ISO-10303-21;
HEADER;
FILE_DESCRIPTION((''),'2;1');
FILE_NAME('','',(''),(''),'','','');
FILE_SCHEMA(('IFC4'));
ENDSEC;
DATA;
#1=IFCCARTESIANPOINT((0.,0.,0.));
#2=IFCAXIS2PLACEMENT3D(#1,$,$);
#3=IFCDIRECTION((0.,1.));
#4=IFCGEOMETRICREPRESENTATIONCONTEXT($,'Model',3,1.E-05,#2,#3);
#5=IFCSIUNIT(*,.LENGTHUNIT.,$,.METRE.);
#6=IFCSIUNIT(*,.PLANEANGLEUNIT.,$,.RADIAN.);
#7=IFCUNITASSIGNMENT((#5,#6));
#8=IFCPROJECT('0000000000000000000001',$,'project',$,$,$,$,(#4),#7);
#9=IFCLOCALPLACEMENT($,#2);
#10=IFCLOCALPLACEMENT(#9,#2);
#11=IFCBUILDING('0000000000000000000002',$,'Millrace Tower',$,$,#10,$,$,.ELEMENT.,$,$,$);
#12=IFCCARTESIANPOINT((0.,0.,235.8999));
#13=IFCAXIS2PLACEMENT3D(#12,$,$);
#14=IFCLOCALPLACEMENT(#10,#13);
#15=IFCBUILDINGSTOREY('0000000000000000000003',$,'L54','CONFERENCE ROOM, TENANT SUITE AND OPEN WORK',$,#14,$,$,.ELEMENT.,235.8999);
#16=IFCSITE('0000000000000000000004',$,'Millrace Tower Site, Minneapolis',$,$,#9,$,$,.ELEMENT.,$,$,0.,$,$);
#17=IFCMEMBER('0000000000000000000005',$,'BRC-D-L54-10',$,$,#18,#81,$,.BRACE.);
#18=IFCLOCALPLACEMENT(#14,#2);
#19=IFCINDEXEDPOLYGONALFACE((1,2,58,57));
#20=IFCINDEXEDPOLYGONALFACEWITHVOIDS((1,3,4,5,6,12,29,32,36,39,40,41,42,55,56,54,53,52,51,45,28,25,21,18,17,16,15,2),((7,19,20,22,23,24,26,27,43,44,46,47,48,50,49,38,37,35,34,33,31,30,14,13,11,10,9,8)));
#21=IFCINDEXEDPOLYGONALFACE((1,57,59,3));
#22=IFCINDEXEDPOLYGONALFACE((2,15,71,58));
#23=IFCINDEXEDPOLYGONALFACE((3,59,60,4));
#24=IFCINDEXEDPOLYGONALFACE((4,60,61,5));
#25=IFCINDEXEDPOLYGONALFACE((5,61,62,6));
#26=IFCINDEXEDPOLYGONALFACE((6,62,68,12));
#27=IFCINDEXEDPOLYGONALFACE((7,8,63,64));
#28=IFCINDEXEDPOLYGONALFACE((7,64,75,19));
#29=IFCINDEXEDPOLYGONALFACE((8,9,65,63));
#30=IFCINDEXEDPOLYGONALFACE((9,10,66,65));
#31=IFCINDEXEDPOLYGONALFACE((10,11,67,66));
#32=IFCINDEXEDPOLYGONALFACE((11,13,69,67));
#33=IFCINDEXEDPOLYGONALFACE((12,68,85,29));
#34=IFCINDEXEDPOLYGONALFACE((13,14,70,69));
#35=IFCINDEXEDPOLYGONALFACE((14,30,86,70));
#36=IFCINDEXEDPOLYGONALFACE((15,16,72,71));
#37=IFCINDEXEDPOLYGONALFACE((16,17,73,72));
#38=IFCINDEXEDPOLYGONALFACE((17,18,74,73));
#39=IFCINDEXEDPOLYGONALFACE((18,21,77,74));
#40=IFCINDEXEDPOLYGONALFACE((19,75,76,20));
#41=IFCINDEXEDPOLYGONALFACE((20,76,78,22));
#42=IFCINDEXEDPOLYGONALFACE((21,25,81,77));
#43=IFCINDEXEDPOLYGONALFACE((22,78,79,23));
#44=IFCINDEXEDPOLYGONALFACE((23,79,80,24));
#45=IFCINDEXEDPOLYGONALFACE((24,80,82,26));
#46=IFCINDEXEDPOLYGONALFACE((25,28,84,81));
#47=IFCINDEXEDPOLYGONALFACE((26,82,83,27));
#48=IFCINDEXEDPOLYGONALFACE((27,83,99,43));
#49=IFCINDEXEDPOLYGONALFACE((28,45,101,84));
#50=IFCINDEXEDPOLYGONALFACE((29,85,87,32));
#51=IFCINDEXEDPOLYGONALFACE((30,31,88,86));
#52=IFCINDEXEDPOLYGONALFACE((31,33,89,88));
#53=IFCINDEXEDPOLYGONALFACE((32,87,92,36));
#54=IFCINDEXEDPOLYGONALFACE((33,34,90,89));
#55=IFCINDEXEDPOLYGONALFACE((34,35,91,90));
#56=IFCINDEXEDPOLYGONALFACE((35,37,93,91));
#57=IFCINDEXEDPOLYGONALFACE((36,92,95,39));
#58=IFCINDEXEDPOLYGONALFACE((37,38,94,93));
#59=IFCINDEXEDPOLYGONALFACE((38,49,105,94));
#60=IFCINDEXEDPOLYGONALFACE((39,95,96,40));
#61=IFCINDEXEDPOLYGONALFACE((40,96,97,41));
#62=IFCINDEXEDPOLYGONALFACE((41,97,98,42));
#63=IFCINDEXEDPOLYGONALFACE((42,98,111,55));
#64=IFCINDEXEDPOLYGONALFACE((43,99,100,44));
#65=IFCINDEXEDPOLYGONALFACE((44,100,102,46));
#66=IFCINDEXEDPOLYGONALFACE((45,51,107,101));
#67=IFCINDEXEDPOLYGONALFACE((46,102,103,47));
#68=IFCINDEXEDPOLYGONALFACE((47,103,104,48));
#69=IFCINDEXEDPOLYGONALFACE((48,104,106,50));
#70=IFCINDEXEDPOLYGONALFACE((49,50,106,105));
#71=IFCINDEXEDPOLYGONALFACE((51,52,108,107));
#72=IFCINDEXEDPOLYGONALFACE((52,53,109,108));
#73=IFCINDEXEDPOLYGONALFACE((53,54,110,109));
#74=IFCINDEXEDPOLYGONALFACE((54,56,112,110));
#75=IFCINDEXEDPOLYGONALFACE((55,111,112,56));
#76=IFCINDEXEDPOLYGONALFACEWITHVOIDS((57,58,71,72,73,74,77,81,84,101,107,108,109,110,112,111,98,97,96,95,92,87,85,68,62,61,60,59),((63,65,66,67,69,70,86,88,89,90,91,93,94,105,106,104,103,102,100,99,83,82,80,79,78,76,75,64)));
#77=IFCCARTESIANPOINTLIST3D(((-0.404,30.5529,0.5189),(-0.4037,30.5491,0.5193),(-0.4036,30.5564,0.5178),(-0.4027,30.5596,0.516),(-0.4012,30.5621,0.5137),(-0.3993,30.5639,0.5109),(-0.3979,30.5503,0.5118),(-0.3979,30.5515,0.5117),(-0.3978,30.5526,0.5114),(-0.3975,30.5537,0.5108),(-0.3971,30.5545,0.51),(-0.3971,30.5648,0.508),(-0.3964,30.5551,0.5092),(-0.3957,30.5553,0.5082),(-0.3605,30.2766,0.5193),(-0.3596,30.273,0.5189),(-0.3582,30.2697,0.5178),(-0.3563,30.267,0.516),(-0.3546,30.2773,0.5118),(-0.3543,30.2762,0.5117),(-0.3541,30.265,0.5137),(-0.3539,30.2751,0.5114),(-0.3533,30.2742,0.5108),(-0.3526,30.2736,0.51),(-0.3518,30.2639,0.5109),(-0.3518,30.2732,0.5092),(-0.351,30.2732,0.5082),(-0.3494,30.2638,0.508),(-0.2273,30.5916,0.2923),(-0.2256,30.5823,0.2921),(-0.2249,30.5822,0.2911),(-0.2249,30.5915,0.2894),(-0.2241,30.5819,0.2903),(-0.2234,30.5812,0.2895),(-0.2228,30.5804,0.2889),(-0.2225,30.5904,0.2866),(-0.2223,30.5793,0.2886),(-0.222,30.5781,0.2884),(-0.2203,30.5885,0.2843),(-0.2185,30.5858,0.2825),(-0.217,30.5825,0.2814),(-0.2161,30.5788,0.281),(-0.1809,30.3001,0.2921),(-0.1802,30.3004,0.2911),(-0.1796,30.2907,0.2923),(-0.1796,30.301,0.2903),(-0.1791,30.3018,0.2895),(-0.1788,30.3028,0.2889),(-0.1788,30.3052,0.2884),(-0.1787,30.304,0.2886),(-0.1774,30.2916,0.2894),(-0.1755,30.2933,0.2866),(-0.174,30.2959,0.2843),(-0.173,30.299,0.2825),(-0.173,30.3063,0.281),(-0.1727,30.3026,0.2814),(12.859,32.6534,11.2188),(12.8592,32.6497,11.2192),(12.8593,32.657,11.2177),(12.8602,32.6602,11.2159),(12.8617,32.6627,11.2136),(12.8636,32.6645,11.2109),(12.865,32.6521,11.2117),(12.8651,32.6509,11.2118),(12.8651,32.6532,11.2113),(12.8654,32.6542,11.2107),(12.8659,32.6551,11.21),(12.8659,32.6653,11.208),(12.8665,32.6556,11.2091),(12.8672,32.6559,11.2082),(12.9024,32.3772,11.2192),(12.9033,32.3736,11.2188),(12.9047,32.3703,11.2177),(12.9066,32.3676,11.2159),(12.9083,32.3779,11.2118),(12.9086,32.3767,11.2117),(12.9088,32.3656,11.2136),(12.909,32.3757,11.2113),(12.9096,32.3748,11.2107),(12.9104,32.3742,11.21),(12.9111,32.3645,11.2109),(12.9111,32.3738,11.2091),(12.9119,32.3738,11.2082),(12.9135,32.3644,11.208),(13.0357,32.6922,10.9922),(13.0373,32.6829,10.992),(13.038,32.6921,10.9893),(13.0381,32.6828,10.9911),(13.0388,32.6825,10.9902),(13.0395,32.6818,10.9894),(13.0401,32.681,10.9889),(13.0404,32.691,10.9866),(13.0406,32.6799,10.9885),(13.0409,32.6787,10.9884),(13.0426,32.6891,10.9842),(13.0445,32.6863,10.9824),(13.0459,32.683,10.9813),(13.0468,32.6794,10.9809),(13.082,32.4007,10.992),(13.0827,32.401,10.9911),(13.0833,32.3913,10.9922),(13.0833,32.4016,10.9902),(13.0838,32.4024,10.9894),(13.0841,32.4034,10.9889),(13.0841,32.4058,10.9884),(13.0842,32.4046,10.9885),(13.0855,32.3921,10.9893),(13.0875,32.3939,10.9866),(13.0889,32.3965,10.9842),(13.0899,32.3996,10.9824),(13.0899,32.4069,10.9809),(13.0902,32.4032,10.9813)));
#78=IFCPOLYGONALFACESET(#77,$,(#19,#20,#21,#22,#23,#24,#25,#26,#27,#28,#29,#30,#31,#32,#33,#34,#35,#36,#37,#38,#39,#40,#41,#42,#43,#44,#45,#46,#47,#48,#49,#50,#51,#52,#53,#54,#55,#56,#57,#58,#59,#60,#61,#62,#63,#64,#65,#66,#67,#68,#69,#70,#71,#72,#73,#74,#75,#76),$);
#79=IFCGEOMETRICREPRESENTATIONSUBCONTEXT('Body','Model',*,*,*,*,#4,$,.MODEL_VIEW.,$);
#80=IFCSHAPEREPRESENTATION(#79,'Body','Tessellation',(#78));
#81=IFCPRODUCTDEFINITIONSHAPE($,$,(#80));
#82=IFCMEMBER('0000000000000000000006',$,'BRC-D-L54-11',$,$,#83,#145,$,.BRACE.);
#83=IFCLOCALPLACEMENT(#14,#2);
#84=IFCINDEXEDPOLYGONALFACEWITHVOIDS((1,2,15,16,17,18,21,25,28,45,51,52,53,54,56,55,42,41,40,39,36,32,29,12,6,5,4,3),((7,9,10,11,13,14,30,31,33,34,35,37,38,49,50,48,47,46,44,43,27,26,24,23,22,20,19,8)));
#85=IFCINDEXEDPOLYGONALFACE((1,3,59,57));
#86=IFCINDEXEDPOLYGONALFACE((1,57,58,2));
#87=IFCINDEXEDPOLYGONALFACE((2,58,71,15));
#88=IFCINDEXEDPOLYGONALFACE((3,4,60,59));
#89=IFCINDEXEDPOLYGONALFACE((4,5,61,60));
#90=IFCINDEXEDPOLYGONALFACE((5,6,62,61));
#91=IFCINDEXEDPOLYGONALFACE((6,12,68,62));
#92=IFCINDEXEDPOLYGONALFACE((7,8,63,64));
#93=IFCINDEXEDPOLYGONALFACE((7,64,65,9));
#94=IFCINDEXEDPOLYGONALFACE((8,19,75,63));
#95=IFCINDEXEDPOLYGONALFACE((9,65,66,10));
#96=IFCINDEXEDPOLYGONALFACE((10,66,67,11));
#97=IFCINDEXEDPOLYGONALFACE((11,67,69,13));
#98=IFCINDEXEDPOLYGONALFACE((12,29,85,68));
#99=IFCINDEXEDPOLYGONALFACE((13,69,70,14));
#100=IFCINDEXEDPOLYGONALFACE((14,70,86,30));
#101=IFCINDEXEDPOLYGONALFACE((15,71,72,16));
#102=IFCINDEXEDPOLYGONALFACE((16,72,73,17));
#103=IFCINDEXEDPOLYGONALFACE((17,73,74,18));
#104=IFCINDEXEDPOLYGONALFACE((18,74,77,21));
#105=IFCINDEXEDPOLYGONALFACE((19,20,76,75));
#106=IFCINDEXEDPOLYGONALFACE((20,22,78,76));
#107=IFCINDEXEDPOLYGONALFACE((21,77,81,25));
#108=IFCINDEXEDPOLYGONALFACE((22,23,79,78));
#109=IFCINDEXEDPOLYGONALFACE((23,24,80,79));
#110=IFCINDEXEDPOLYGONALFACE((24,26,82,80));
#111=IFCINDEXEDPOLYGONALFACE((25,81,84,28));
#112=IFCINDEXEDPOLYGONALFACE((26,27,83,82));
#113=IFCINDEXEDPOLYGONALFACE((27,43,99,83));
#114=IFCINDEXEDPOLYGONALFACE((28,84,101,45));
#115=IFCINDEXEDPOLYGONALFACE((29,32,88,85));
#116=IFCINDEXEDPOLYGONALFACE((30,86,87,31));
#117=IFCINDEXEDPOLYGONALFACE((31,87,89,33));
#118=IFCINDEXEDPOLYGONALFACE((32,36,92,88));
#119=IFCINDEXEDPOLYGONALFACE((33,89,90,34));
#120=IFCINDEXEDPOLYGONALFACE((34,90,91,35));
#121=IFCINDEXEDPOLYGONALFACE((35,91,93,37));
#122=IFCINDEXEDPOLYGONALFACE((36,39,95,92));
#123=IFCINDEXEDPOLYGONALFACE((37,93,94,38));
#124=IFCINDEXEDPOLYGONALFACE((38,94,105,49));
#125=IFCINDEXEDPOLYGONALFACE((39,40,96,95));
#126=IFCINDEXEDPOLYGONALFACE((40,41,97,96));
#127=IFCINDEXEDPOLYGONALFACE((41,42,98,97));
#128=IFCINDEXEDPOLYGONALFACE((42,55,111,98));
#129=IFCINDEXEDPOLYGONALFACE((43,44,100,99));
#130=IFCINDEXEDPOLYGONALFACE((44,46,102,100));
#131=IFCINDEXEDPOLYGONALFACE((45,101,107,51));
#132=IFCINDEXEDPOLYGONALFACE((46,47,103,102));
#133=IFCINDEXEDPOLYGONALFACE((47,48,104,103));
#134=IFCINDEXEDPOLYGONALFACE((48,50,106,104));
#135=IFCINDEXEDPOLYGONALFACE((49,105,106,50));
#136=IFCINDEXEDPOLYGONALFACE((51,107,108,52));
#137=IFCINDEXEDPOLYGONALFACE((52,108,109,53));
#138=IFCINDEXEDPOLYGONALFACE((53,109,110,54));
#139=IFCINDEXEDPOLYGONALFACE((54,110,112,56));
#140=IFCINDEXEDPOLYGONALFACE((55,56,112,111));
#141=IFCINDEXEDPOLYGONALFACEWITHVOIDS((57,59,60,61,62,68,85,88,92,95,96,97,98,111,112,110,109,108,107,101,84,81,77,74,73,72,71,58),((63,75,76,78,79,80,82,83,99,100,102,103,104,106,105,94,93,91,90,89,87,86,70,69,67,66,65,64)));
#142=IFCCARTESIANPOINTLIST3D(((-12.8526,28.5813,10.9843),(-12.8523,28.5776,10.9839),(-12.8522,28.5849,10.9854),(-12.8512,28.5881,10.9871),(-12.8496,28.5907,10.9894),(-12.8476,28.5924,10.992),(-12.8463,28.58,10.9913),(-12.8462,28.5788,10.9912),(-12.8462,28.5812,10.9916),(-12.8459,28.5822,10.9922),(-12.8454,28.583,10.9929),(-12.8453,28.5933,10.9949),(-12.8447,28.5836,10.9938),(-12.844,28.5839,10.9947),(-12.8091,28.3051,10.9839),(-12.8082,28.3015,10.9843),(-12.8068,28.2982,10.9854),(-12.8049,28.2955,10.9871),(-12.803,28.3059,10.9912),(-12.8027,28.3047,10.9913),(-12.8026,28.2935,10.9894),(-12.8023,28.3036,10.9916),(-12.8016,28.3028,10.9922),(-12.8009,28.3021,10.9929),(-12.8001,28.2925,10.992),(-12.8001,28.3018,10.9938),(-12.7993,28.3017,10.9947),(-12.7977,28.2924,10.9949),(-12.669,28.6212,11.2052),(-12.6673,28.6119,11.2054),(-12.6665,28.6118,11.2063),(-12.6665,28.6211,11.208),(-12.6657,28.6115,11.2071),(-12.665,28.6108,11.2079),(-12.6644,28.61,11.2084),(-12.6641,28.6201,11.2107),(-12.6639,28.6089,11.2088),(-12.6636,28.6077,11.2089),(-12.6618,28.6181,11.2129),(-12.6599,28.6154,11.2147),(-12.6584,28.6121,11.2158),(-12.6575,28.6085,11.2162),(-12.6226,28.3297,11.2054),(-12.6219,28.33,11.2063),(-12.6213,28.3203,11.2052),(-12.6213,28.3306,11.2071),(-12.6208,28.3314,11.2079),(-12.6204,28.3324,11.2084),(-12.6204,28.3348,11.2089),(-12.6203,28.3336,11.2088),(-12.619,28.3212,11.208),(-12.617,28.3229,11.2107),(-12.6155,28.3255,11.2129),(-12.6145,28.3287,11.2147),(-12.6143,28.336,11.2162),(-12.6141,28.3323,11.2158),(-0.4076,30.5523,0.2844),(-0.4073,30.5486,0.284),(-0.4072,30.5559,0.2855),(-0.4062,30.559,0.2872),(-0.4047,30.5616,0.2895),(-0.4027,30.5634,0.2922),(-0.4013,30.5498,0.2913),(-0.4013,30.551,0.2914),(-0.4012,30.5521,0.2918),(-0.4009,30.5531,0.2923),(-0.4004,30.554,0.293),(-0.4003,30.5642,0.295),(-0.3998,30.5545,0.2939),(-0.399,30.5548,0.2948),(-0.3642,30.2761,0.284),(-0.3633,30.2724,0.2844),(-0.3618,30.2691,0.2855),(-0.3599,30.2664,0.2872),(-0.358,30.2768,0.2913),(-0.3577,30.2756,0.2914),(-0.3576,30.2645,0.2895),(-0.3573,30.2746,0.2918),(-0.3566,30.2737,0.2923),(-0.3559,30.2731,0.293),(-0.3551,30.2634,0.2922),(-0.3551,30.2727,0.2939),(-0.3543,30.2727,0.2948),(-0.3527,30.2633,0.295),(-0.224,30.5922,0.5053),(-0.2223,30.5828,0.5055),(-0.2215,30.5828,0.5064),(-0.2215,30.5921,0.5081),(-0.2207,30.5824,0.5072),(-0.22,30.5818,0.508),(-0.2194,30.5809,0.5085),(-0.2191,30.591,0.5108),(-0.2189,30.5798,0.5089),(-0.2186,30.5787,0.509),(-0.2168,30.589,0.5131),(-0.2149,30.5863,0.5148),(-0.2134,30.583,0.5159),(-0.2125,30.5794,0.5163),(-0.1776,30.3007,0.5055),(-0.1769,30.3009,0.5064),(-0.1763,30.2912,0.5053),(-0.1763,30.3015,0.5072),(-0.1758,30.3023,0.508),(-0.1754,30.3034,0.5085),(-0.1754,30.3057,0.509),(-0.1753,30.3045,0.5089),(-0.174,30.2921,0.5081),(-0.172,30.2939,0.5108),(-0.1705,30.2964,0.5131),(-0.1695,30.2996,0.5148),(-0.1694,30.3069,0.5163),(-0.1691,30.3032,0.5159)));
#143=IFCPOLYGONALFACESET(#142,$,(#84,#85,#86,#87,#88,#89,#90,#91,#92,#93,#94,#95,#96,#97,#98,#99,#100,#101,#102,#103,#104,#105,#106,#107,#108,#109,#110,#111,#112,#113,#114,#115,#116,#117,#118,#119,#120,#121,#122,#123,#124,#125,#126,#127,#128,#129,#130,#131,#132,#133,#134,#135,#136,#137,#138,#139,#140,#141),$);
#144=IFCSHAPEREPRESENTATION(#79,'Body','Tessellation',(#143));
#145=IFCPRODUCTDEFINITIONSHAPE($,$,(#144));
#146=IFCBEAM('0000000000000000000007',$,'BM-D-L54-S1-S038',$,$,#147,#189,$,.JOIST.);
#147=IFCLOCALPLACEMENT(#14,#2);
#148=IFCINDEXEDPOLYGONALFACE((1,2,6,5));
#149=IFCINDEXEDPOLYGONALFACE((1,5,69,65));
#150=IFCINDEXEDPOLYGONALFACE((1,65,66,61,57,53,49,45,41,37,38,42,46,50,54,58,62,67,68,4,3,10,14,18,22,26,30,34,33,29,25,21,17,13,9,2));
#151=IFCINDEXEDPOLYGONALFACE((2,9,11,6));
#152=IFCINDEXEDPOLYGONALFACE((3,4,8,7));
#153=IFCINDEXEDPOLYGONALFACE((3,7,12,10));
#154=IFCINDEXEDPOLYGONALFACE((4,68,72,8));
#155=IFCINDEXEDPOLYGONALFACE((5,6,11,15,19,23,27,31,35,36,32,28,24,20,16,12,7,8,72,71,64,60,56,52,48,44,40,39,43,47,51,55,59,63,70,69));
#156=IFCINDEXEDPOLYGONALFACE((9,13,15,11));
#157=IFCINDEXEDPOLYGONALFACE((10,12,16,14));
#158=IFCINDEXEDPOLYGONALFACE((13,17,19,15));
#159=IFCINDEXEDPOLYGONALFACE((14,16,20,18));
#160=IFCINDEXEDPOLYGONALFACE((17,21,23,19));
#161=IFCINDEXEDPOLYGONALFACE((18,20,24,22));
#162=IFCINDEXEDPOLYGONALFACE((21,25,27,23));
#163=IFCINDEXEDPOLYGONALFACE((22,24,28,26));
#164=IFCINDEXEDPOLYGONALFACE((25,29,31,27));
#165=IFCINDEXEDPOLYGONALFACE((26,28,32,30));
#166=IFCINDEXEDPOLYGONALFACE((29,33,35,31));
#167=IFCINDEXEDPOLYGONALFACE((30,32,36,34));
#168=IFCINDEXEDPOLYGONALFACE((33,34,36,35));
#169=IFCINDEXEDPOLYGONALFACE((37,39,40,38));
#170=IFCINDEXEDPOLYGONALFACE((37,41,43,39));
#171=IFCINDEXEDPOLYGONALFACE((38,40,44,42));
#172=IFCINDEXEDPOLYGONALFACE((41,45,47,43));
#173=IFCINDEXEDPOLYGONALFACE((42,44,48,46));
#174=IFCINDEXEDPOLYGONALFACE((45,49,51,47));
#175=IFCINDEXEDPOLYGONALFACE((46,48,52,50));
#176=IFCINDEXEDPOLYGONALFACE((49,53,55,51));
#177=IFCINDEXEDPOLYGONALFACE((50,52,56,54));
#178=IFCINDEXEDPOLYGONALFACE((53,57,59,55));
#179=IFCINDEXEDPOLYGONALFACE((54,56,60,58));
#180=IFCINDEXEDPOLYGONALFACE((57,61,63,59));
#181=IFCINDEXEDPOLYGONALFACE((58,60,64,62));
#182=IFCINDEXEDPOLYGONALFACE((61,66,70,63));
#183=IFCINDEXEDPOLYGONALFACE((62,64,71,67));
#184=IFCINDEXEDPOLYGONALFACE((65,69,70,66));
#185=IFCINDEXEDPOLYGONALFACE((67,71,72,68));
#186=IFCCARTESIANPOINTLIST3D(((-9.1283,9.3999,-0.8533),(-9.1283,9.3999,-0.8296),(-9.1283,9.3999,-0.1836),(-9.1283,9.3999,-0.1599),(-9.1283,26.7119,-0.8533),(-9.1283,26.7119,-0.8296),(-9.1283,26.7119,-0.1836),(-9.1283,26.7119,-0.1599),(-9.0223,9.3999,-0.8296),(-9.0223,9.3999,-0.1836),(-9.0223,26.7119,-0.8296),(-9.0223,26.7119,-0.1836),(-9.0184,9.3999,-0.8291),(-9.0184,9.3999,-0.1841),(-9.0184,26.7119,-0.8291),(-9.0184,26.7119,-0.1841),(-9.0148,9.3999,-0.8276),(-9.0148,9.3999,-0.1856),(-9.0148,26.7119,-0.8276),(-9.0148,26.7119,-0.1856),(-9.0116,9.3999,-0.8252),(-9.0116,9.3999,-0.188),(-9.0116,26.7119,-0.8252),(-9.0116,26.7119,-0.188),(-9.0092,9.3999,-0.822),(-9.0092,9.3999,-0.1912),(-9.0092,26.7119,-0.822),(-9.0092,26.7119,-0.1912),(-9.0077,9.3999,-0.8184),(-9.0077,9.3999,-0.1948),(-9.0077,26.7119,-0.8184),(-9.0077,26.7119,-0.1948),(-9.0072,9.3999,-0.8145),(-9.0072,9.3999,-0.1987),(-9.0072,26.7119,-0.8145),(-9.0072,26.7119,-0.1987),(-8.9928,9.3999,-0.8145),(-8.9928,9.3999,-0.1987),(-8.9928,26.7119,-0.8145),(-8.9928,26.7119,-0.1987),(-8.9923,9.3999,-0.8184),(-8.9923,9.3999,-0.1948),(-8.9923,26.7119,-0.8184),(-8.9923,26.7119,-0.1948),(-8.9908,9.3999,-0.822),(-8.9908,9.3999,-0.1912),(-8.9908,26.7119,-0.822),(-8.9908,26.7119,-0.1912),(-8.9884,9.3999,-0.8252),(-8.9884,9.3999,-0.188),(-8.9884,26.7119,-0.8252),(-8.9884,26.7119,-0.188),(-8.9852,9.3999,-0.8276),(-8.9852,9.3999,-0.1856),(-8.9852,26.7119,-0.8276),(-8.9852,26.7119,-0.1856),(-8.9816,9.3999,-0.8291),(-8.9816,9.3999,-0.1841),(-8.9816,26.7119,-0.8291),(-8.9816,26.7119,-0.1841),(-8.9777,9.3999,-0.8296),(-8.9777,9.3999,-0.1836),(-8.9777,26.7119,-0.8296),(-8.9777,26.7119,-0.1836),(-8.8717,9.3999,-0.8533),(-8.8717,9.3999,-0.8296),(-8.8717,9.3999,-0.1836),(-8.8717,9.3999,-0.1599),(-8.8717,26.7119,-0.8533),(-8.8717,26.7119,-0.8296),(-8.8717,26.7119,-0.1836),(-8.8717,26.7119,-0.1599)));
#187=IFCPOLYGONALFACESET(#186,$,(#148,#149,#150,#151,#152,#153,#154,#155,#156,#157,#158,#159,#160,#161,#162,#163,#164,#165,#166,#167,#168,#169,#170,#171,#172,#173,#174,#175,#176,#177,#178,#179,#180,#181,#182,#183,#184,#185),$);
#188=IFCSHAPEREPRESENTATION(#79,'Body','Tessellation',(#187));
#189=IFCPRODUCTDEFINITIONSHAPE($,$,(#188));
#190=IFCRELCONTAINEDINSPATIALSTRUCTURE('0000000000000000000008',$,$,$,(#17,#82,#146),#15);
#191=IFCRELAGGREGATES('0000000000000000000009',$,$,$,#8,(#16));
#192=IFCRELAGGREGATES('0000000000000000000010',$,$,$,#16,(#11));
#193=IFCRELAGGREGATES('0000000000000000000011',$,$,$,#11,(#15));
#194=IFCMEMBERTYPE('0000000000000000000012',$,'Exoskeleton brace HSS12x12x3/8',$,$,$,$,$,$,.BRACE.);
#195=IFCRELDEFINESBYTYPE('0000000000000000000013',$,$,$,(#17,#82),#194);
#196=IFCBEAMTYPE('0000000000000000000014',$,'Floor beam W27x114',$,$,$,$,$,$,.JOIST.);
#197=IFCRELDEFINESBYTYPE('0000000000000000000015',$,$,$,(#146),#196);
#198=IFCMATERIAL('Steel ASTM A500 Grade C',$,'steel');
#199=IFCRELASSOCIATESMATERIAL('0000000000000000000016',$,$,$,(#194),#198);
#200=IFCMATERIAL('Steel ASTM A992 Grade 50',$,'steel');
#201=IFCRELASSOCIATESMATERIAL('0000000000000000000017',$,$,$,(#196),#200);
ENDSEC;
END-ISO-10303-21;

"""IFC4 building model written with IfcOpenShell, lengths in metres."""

from ifc_helpers import new_model, si_unit, direction, frame, origin, origin_2d, place, context, subcontext, project, spatial, hollow_rectangle, i_section, extrude, material, material_profile, profile_set, type_object, element, save


model = new_model("IFC4")

# Units and contexts
model_context = context("Model", 3, precision=1e-05, world=origin(), true_north=direction((0.0, 1.0)))
body_context = subcontext(model_context, "Body", "Model", "MODEL_VIEW")
ifc_project = project(units=[si_unit("LENGTHUNIT", "METRE"), si_unit("PLANEANGLEUNIT", "RADIAN")], contexts=[model_context])

# Site, building, storey
site_placement = place(None, origin())
site = spatial("IfcSite", under=ifc_project, at=site_placement, Name="Millrace Tower Site, Minneapolis", CompositionType="ELEMENT", RefElevation=0.0)
building_placement = place(site_placement, origin())
building = spatial("IfcBuilding", under=site, at=building_placement, Name="Millrace Tower", CompositionType="ELEMENT")
storey_placement = place(building_placement, frame((0.0, 0.0, 235.8999)))
storey = spatial("IfcBuildingStorey", under=building, at=storey_placement, Name="L54", Description="CONFERENCE ROOM, TENANT SUITE AND OPEN WORK", CompositionType="ELEMENT", Elevation=235.8999)

# Members
ifc_material_1 = material(Name="Steel ASTM A500 Grade C", Category="steel")
ifc_material_profile_1 = material_profile(ifc_material_1, hollow_rectangle(XDim=0.3047, YDim=0.3047, WallThickness=0.0095, InnerFilletRadius=0.0046, OuterFilletRadius=0.0144, at=origin_2d()))
ifc_profile_set_1 = profile_set([ifc_material_profile_1], Name="Steel ASTM A500 Grade C")
member_type_1 = type_object("IfcMemberType", Name="Exoskeleton brace HSS12x12x3/8", PredefinedType="BRACE", material=ifc_profile_set_1)
member_1_placement = place(storey_placement, frame((-0.2883, 30.4277, 0.4001), z_axis=(0.772451, 0.122341, 0.623179), x_axis=(-0.15643, 0.987689, 0.0)))
element("IfcMember", 1, at=member_1_placement, inside=storey, type_object=member_type_1, Name="BRC-D-L54-10", PredefinedType="BRACE", context=body_context, shape_type="SweptSolid", body=[
    extrude(hollow_rectangle(XDim=0.3047, YDim=0.3047, WallThickness=0.0095, InnerFilletRadius=0.0046, OuterFilletRadius=0.0144, at=origin_2d()), origin(), (0.0, 0.0, 1.0), 17.1699),
])
member_2_placement = place(storey_placement, frame((-0.2883, 30.4277, 0.4001), z_axis=(-0.752861, -0.119232, 0.64729), x_axis=(0.156422, -0.98769, 0.0)))
element("IfcMember", 2, at=member_2_placement, inside=storey, type_object=member_type_1, Name="BRC-D-L54-11", PredefinedType="BRACE", context=body_context, shape_type="SweptSolid", body=[
    extrude(hollow_rectangle(XDim=0.3047, YDim=0.3047, WallThickness=0.0095, InnerFilletRadius=0.0046, OuterFilletRadius=0.0144, at=origin_2d()), origin(), (0.0, 0.0, 1.0), 16.5303),
])

# Beam
ifc_material_2 = material(Name="Steel ASTM A992 Grade 50", Category="steel")
ifc_material_profile_2 = material_profile(ifc_material_2, i_section(OverallWidth=0.2566, OverallDepth=0.6934, WebThickness=0.0144, FlangeThickness=0.0237, FilletRadius=0.0151, at=origin_2d()))
ifc_profile_set_2 = profile_set([ifc_material_profile_2], Name="Steel ASTM A992 Grade 50")
beam_type_1 = type_object("IfcBeamType", Name="Floor beam W27x114", PredefinedType="JOIST", material=ifc_profile_set_2)
beam_1_placement = place(storey_placement, frame((-9.0, 9.3999, -0.5066), z_axis=(0.0, 1.0, 0.0), x_axis=(-1.0, 0.0, 0.0)))
element("IfcBeam", 3, at=beam_1_placement, inside=storey, type_object=beam_type_1, Name="BM-D-L54-S1-S038", PredefinedType="JOIST", context=body_context, shape_type="SweptSolid", body=[
    extrude(i_section(OverallWidth=0.2566, OverallDepth=0.6934, WebThickness=0.0144, FlangeThickness=0.0237, FilletRadius=0.0151, at=origin_2d()), origin(), (0.0, 0.0, 1.0), 17.312),
])

save(model, "model.ifc")
